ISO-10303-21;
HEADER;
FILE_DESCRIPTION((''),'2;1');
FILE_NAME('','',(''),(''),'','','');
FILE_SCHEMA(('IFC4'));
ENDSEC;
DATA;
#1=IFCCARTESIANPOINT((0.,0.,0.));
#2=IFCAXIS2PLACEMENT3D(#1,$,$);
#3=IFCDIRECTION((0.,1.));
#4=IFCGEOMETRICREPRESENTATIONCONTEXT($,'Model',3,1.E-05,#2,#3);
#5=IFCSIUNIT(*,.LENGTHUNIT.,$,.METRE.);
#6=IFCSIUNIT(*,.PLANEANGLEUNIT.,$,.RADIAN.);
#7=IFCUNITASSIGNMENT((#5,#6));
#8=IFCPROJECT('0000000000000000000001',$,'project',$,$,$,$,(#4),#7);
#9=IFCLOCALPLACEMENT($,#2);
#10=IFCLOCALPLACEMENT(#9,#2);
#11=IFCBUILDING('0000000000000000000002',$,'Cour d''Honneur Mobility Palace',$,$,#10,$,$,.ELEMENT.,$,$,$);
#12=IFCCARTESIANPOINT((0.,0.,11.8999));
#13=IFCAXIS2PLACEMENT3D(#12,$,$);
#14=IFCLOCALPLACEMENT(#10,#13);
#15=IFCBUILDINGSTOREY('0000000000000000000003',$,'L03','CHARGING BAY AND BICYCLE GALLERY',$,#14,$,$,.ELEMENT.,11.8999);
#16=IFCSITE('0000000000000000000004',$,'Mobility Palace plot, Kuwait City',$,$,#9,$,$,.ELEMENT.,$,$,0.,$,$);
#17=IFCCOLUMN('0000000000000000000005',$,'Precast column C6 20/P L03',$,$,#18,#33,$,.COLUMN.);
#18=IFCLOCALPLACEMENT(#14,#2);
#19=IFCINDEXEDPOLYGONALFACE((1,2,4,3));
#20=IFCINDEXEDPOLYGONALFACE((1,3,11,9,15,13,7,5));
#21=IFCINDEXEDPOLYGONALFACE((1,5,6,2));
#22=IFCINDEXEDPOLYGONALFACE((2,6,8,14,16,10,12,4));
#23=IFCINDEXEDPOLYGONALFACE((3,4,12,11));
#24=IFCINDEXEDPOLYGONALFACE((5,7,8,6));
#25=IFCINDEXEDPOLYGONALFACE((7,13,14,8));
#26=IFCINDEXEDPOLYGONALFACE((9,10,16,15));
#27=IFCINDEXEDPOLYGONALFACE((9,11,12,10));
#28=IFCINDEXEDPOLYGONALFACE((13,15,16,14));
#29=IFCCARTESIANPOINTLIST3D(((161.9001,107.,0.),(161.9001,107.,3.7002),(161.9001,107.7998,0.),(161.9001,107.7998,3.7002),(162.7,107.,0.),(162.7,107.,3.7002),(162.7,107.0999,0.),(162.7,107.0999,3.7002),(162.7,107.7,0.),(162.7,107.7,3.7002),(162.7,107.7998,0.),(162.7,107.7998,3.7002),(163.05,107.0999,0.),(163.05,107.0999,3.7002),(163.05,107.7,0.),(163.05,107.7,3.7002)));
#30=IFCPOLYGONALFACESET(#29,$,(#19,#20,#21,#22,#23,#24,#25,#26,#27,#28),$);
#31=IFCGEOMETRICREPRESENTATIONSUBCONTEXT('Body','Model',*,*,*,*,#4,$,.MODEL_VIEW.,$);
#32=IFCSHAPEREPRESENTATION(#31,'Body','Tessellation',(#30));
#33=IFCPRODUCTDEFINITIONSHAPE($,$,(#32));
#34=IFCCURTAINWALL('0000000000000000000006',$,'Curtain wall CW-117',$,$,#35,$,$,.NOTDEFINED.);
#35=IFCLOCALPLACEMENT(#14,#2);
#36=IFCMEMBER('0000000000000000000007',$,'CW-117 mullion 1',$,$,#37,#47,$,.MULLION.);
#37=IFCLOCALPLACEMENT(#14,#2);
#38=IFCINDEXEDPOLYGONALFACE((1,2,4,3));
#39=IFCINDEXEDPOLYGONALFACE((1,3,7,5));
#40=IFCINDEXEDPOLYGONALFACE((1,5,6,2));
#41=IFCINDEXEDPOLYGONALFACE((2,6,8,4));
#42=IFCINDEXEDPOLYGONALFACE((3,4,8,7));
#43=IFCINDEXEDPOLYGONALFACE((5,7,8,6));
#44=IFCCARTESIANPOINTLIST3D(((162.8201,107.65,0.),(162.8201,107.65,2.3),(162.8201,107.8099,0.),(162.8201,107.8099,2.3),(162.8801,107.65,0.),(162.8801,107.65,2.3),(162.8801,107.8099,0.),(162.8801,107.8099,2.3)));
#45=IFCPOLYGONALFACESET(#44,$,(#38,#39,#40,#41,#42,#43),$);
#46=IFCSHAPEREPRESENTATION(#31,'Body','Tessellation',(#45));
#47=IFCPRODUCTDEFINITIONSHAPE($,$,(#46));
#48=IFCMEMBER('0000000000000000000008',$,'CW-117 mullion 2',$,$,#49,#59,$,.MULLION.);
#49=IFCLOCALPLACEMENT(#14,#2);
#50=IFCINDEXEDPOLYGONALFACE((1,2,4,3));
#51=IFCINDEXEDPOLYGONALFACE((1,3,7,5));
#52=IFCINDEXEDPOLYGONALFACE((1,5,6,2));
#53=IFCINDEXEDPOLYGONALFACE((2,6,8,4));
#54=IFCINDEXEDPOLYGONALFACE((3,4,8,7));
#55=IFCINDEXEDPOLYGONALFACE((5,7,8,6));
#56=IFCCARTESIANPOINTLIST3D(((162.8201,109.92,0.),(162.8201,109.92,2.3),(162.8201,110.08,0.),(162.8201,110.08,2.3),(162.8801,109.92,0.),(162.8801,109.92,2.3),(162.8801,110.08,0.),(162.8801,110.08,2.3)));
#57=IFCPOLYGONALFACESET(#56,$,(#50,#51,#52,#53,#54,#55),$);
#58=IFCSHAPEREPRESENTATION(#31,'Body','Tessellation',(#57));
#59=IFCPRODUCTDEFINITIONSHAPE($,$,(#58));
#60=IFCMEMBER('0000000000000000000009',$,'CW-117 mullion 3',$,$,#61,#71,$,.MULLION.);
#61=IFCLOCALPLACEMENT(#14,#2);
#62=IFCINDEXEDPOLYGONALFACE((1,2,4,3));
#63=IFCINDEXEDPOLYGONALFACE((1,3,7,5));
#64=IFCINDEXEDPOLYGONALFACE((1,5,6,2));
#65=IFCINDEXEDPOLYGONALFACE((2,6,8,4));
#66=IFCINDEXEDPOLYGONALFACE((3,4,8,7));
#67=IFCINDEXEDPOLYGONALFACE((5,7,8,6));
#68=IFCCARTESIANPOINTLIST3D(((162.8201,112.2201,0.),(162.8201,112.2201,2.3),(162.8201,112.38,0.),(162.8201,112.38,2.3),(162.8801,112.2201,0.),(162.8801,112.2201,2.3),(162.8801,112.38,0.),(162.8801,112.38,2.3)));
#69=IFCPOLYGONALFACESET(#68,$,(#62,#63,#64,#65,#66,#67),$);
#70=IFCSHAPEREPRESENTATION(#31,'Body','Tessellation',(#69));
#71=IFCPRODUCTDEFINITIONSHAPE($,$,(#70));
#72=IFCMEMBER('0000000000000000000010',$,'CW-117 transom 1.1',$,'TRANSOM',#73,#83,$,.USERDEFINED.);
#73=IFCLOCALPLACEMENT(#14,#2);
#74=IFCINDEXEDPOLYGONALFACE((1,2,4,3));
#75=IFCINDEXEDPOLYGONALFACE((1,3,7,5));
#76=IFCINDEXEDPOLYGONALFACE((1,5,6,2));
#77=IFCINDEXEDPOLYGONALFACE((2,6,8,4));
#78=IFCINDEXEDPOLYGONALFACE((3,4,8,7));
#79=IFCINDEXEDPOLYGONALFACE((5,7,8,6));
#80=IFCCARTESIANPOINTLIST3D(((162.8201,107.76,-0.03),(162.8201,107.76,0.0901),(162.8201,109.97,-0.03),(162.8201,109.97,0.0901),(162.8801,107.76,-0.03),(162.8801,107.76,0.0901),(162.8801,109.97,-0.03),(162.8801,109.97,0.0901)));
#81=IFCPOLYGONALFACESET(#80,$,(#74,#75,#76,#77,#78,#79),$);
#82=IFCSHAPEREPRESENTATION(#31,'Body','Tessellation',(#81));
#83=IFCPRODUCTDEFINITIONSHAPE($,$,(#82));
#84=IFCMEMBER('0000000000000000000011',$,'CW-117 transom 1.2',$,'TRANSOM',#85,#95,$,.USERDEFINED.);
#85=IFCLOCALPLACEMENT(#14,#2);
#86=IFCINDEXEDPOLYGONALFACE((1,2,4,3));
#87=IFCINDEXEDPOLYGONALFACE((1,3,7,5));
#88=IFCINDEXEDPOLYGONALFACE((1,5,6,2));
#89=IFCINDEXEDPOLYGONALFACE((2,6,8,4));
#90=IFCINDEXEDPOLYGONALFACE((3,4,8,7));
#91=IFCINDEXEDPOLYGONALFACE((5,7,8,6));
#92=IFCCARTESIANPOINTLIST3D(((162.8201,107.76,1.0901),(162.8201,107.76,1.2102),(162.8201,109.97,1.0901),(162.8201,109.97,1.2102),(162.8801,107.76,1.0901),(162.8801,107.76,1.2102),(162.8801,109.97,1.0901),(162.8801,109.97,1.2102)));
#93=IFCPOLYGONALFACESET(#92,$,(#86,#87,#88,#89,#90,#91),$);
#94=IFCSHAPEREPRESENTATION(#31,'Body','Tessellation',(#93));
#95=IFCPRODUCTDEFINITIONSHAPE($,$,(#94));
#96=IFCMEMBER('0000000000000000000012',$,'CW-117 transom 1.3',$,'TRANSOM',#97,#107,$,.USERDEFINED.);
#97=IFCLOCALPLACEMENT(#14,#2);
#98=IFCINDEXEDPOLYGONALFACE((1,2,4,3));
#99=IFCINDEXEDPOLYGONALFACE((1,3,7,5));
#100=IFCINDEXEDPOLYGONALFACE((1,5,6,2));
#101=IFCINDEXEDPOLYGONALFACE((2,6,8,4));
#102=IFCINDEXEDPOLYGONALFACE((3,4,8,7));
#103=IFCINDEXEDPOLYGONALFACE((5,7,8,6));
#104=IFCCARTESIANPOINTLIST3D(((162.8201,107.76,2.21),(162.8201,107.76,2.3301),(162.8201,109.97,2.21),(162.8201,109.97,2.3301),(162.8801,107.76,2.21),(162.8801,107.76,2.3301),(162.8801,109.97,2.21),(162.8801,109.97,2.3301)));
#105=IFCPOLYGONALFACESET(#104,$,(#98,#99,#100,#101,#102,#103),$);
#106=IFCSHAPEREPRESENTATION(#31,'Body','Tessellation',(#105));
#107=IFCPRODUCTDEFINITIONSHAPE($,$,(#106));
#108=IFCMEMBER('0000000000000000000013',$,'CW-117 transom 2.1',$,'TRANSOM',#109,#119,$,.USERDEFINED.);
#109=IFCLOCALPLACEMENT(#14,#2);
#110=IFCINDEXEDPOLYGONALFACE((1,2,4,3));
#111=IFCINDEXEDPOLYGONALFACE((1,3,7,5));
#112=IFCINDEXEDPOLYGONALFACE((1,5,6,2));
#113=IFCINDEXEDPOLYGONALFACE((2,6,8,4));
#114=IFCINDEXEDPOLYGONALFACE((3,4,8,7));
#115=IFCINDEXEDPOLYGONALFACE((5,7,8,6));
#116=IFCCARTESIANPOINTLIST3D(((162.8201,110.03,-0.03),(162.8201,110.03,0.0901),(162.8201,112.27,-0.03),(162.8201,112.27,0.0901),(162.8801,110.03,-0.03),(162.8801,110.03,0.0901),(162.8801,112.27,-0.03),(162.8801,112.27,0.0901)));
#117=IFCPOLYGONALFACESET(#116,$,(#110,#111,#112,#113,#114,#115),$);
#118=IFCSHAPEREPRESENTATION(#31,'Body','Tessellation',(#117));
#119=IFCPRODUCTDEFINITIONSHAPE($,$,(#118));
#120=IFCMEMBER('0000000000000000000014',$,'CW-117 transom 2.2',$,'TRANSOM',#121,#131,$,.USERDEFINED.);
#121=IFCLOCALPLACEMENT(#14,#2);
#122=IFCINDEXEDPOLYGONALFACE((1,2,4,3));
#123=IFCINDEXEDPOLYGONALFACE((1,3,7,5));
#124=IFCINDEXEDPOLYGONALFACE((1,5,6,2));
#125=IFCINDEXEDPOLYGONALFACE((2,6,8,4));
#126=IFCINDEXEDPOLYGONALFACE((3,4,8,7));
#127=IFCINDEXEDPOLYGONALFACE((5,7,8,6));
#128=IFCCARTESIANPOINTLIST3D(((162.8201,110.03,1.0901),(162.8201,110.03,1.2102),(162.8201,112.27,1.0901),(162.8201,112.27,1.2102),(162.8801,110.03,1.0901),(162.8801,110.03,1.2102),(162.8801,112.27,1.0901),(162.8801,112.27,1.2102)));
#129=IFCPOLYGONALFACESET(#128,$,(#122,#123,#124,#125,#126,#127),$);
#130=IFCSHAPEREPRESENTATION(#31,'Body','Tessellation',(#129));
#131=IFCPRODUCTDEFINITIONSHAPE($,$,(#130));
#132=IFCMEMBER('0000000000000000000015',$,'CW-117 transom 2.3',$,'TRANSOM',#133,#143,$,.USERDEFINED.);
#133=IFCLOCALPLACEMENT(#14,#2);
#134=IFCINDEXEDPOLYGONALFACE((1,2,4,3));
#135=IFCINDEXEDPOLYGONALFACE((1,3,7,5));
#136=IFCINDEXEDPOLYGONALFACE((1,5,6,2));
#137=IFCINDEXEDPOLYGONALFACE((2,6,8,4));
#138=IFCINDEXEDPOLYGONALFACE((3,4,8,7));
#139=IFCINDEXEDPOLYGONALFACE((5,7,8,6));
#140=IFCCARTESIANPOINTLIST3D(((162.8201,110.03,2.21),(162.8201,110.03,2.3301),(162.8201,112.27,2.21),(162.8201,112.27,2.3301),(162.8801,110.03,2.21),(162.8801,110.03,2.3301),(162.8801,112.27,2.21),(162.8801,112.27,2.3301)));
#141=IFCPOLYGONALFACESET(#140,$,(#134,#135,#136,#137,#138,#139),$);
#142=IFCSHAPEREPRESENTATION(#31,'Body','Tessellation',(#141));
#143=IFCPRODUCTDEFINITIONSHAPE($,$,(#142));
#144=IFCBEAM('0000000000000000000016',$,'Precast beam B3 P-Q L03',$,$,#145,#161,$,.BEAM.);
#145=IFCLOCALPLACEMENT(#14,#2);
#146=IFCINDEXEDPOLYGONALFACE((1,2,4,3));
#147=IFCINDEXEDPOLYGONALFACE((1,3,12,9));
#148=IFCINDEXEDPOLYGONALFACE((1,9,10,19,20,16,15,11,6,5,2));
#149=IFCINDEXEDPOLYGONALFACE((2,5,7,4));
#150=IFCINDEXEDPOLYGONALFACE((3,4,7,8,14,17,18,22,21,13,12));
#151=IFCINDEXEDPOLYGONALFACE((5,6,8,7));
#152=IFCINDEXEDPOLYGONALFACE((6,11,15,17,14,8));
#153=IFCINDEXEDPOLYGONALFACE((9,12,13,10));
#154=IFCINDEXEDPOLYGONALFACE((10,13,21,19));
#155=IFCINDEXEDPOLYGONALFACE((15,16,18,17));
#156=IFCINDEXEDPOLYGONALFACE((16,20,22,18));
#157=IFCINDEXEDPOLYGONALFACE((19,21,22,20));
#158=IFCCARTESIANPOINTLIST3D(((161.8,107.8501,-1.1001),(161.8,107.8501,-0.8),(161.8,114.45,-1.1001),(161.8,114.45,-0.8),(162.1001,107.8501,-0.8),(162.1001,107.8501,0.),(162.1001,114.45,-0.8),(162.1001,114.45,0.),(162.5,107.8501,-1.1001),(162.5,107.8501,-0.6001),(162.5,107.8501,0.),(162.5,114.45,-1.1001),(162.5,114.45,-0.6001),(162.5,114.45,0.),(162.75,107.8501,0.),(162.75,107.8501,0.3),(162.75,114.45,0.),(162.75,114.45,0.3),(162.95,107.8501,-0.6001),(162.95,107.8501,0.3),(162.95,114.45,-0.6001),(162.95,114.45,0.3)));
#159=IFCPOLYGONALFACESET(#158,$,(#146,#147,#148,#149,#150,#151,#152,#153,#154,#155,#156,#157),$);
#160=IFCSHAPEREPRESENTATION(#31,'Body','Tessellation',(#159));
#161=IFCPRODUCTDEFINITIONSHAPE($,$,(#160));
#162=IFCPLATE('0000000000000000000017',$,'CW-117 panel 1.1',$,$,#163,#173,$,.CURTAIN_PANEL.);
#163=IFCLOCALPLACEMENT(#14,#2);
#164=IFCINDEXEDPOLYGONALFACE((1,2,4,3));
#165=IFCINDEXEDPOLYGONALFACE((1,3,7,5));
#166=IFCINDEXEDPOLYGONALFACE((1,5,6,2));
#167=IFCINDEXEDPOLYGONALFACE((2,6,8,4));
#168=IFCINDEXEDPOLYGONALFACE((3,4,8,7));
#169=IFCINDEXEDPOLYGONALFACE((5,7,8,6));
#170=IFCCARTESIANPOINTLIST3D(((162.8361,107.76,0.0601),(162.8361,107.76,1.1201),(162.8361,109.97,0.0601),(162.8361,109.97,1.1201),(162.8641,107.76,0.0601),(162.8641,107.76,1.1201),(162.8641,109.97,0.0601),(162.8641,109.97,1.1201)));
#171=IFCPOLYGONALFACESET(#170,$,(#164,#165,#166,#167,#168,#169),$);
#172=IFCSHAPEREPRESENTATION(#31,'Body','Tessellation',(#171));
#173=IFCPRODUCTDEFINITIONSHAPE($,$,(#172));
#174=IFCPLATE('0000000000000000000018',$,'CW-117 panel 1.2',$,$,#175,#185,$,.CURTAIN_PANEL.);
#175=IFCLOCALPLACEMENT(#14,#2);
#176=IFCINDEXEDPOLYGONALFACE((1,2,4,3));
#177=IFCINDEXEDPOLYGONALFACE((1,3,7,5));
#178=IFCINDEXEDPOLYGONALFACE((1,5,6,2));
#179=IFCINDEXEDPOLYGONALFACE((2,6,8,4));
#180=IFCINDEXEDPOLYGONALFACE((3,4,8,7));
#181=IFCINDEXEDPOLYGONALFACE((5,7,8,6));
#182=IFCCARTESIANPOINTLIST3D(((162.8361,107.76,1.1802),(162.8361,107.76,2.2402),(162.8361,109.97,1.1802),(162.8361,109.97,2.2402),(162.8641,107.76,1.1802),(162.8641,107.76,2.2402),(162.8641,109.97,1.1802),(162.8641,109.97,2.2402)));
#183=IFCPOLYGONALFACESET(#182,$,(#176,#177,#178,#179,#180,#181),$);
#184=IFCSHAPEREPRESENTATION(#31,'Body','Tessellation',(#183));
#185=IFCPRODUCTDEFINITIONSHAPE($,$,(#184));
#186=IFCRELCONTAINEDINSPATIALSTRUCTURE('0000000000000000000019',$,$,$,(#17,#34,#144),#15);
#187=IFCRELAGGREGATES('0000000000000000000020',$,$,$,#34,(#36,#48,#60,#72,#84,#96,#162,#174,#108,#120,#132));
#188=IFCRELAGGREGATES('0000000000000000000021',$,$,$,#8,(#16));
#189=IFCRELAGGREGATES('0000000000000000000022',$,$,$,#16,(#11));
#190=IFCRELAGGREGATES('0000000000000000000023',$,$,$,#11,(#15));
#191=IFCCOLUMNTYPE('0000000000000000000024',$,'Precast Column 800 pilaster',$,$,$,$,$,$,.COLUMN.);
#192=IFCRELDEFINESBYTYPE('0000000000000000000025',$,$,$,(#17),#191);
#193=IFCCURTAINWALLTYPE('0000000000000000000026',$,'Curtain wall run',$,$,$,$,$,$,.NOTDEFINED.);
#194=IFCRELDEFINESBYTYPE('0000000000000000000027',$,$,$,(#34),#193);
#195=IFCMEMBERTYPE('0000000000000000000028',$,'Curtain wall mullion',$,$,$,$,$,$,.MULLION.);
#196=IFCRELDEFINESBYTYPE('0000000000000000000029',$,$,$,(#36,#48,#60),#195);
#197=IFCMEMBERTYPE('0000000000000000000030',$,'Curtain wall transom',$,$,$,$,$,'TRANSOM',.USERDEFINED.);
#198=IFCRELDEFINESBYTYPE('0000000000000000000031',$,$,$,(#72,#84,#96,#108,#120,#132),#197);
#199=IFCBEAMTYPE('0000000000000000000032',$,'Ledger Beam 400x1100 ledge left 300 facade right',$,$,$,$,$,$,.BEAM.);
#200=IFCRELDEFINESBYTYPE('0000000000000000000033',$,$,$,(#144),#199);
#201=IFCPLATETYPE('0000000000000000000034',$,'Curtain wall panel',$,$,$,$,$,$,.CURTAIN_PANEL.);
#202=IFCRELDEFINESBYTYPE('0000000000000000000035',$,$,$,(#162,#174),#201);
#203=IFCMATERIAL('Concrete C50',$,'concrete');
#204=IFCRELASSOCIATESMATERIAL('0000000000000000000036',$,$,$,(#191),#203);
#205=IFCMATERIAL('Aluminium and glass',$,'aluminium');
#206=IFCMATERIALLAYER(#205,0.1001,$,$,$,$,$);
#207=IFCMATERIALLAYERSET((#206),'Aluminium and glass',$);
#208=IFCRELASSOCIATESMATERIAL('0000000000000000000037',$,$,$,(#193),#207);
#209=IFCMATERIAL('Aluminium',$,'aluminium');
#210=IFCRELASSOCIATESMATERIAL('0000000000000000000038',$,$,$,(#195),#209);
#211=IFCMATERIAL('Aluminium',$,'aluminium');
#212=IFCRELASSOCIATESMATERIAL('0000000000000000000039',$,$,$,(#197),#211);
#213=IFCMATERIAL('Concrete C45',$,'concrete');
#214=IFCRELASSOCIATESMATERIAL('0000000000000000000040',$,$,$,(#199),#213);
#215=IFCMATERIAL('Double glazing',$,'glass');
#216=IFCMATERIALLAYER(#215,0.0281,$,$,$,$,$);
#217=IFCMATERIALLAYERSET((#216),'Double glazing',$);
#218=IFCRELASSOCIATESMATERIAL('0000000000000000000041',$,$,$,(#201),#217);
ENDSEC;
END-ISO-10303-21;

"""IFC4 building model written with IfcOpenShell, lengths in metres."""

from ifc_helpers import new_model, si_unit, direction, frame, origin, origin_2d, place, context, subcontext, project, spatial, polyline, rectangle, outline, extrude, material, layer, layer_set, material_profile, profile_set, type_object, element, aggregate, save


model = new_model("IFC4")

# Units and contexts
model_context = context("Model", 3, precision=1e-05, world=origin(), true_north=direction((0.0, 1.0)))
body_context = subcontext(model_context, "Body", "Model", "MODEL_VIEW")
ifc_project = project(units=[si_unit("LENGTHUNIT", "METRE"), si_unit("PLANEANGLEUNIT", "RADIAN")], contexts=[model_context])

# Site, building, storey
site_placement = place(None, origin())
site = spatial("IfcSite", under=ifc_project, at=site_placement, Name="Mobility Palace plot, Kuwait City", CompositionType="ELEMENT", RefElevation=0.0)
building_placement = place(site_placement, origin())
building = spatial("IfcBuilding", under=site, at=building_placement, Name="Cour d'Honneur Mobility Palace", CompositionType="ELEMENT")
storey_placement = place(building_placement, frame((0.0, 0.0, 11.8999)))
storey = spatial("IfcBuildingStorey", under=building, at=storey_placement, Name="L03", Description="CHARGING BAY AND BICYCLE GALLERY", CompositionType="ELEMENT", Elevation=11.8999)

# Column
ifc_material_1 = material(Name="Concrete C50", Category="concrete")
ifc_material_profile_1 = material_profile(ifc_material_1, outline(polyline([(-0.3999, -0.3999), (0.3999, -0.3999), (0.3999, -0.3), (0.75, -0.3), (0.75, 0.3), (0.3999, 0.3), (0.3999, 0.3999), (-0.3999, 0.3999), (-0.3999, -0.3999)])), Name="PC C800 pilaster")
ifc_profile_set_1 = profile_set([ifc_material_profile_1], Name="Concrete C50")
column_type = type_object("IfcColumnType", Name="Precast Column 800 pilaster", PredefinedType="COLUMN", material=ifc_profile_set_1)
column_placement = place(storey_placement, frame((162.3, 107.3999, 0.0), z_axis=(0.0, 0.0, 1.0), x_axis=(1.0, 0.0, 0.0)))
element("IfcColumn", 1, at=column_placement, inside=storey, type_object=column_type, Name="Precast column C6 20/P L03", PredefinedType="COLUMN", context=body_context, shape_type="SweptSolid", body=[
    extrude(outline(polyline([(-0.3999, -0.3999), (0.3999, -0.3999), (0.3999, -0.3), (0.75, -0.3), (0.75, 0.3), (0.3999, 0.3), (0.3999, 0.3999), (-0.3999, 0.3999), (-0.3999, -0.3999)])), origin(), (0.0, 0.0, 1.0), 3.7002),
])

# Curtain wall, members
ifc_material_2 = material(Name="Aluminium and glass", Category="aluminium")
ifc_layer_1 = layer(ifc_material_2, 0.1001)
ifc_layer_set_1 = layer_set([ifc_layer_1], Name="Aluminium and glass")
curtain_wall_type = type_object("IfcCurtainWallType", Name="Curtain wall run", PredefinedType="NOTDEFINED", material=ifc_layer_set_1)
curtain_wall_placement = place(storey_placement, origin())
curtain_wall = element("IfcCurtainWall", 2, at=curtain_wall_placement, inside=storey, type_object=curtain_wall_type, Name="Curtain wall CW-117", PredefinedType="NOTDEFINED")
ifc_material_3 = material(Name="Aluminium", Category="aluminium")
ifc_material_profile_2 = material_profile(ifc_material_3, rectangle(XDim=0.0601, YDim=0.1599, at=origin_2d()), Name="Curtain wall mullion")
ifc_profile_set_2 = profile_set([ifc_material_profile_2], Name="Aluminium")
member_type_1 = type_object("IfcMemberType", Name="Curtain wall mullion", PredefinedType="MULLION", material=ifc_profile_set_2)
member_1_placement = place(storey_placement, frame((162.8501, 107.73, 0.0), z_axis=(0.0, 0.0, 1.0), x_axis=(-1.0, 0.0, 0.0)))
member_1 = element("IfcMember", 3, at=member_1_placement, type_object=member_type_1, Name="CW-117 mullion 1", PredefinedType="MULLION", context=body_context, shape_type="SweptSolid", body=[
    extrude(rectangle(XDim=0.0601, YDim=0.1599, at=origin_2d()), origin(), (0.0, 0.0, 1.0), 2.3),
])
member_2_placement = place(storey_placement, frame((162.8501, 110.0, 0.0), z_axis=(0.0, 0.0, 1.0), x_axis=(-1.0, 0.0, 0.0)))
member_2 = element("IfcMember", 4, at=member_2_placement, type_object=member_type_1, Name="CW-117 mullion 2", PredefinedType="MULLION", context=body_context, shape_type="SweptSolid", body=[
    extrude(rectangle(XDim=0.0601, YDim=0.1599, at=origin_2d()), origin(), (0.0, 0.0, 1.0), 2.3),
])
member_3_placement = place(storey_placement, frame((162.8501, 112.3, 0.0), z_axis=(0.0, 0.0, 1.0), x_axis=(-1.0, 0.0, 0.0)))
member_3 = element("IfcMember", 5, at=member_3_placement, type_object=member_type_1, Name="CW-117 mullion 3", PredefinedType="MULLION", context=body_context, shape_type="SweptSolid", body=[
    extrude(rectangle(XDim=0.0601, YDim=0.1599, at=origin_2d()), origin(), (0.0, 0.0, 1.0), 2.3),
])
ifc_material_4 = material(Name="Aluminium", Category="aluminium")
ifc_material_profile_3 = material_profile(ifc_material_4, rectangle(XDim=0.0601, YDim=0.1201, at=origin_2d()), Name="Curtain wall transom")
ifc_profile_set_3 = profile_set([ifc_material_profile_3], Name="Aluminium")
member_type_2 = type_object("IfcMemberType", Name="Curtain wall transom", ElementType="TRANSOM", PredefinedType="USERDEFINED", material=ifc_profile_set_3)
member_4_placement = place(storey_placement, frame((162.8501, 107.76, 0.03), z_axis=(0.0, 1.0, 0.0), x_axis=(-1.0, 0.0, 0.0)))
member_4 = element("IfcMember", 6, at=member_4_placement, type_object=member_type_2, Name="CW-117 transom 1.1", ObjectType="TRANSOM", PredefinedType="USERDEFINED", context=body_context, shape_type="SweptSolid", body=[
    extrude(rectangle(XDim=0.0601, YDim=0.1201, at=origin_2d()), origin(), (0.0, 0.0, 1.0), 2.21),
])
member_5_placement = place(storey_placement, frame((162.8501, 107.76, 1.1501), z_axis=(0.0, 1.0, 0.0), x_axis=(-1.0, 0.0, 0.0)))
member_5 = element("IfcMember", 7, at=member_5_placement, type_object=member_type_2, Name="CW-117 transom 1.2", ObjectType="TRANSOM", PredefinedType="USERDEFINED", context=body_context, shape_type="SweptSolid", body=[
    extrude(rectangle(XDim=0.0601, YDim=0.1201, at=origin_2d()), origin(), (0.0, 0.0, 1.0), 2.21),
])
member_6_placement = place(storey_placement, frame((162.8501, 107.76, 2.27), z_axis=(0.0, 1.0, 0.0), x_axis=(-1.0, 0.0, 0.0)))
member_6 = element("IfcMember", 8, at=member_6_placement, type_object=member_type_2, Name="CW-117 transom 1.3", ObjectType="TRANSOM", PredefinedType="USERDEFINED", context=body_context, shape_type="SweptSolid", body=[
    extrude(rectangle(XDim=0.0601, YDim=0.1201, at=origin_2d()), origin(), (0.0, 0.0, 1.0), 2.21),
])
member_7_placement = place(storey_placement, frame((162.8501, 110.03, 0.03), z_axis=(0.0, 1.0, 0.0), x_axis=(-1.0, 0.0, 0.0)))
member_7 = element("IfcMember", 9, at=member_7_placement, type_object=member_type_2, Name="CW-117 transom 2.1", ObjectType="TRANSOM", PredefinedType="USERDEFINED", context=body_context, shape_type="SweptSolid", body=[
    extrude(rectangle(XDim=0.0601, YDim=0.1201, at=origin_2d()), origin(), (0.0, 0.0, 1.0), 2.24),
])
member_8_placement = place(storey_placement, frame((162.8501, 110.03, 1.1501), z_axis=(0.0, 1.0, 0.0), x_axis=(-1.0, 0.0, 0.0)))
member_8 = element("IfcMember", 10, at=member_8_placement, type_object=member_type_2, Name="CW-117 transom 2.2", ObjectType="TRANSOM", PredefinedType="USERDEFINED", context=body_context, shape_type="SweptSolid", body=[
    extrude(rectangle(XDim=0.0601, YDim=0.1201, at=origin_2d()), origin(), (0.0, 0.0, 1.0), 2.24),
])
member_9_placement = place(storey_placement, frame((162.8501, 110.03, 2.27), z_axis=(0.0, 1.0, 0.0), x_axis=(-1.0, 0.0, 0.0)))
member_9 = element("IfcMember", 11, at=member_9_placement, type_object=member_type_2, Name="CW-117 transom 2.3", ObjectType="TRANSOM", PredefinedType="USERDEFINED", context=body_context, shape_type="SweptSolid", body=[
    extrude(rectangle(XDim=0.0601, YDim=0.1201, at=origin_2d()), origin(), (0.0, 0.0, 1.0), 2.24),
])

# Beam
ifc_material_5 = material(Name="Concrete C45", Category="concrete")
ifc_material_profile_4 = material_profile(ifc_material_5, outline(polyline([(0.5, -1.1001), (0.5, -0.8), (0.2, -0.8), (0.2, 0.0), (-0.2, 0.0), (-0.45, 0.0), (-0.45, 0.3), (-0.6499, 0.3), (-0.6499, -0.6001), (-0.2, -0.6001), (-0.2, -1.1001), (0.5, -1.1001)])), Name="Ledger Beam 400x1100 ledge left 300 facade right")
ifc_profile_set_4 = profile_set([ifc_material_profile_4], Name="Concrete C45")
beam_type = type_object("IfcBeamType", Name="Ledger Beam 400x1100 ledge left 300 facade right", PredefinedType="BEAM", material=ifc_profile_set_4)
beam_placement = place(storey_placement, frame((162.3, 107.8501, 0.0), z_axis=(0.0, 1.0, 0.0), x_axis=(-1.0, 0.0, 0.0)))
element("IfcBeam", 12, at=beam_placement, inside=storey, type_object=beam_type, Name="Precast beam B3 P-Q L03", PredefinedType="BEAM", context=body_context, shape_type="SweptSolid", body=[
    extrude(outline(polyline([(0.5, -1.1001), (0.5, -0.8), (0.2, -0.8), (0.2, 0.0), (-0.2, 0.0), (-0.45, 0.0), (-0.45, 0.3), (-0.6499, 0.3), (-0.6499, -0.6001), (-0.2, -0.6001), (-0.2, -1.1001), (0.5, -1.1001)])), origin(), (0.0, 0.0, 1.0), 6.5999),
])

# Plates
ifc_material_6 = material(Name="Double glazing", Category="glass")
ifc_layer_2 = layer(ifc_material_6, 0.0281)
ifc_layer_set_2 = layer_set([ifc_layer_2], Name="Double glazing")
plate_type = type_object("IfcPlateType", Name="Curtain wall panel", PredefinedType="CURTAIN_PANEL", material=ifc_layer_set_2)
plate_1_placement = place(storey_placement, frame((162.8501, 108.865, 0.0601), z_axis=(0.0, 0.0, 1.0), x_axis=(0.0, 1.0, 0.0)))
plate_1 = element("IfcPlate", 13, at=plate_1_placement, type_object=plate_type, Name="CW-117 panel 1.1", PredefinedType="CURTAIN_PANEL", context=body_context, shape_type="SweptSolid", body=[
    extrude(rectangle(XDim=2.21, YDim=0.0281, at=origin_2d()), origin(), (0.0, 0.0, 1.0), 1.0601),
])
plate_2_placement = place(storey_placement, frame((162.8501, 108.865, 1.1802), z_axis=(0.0, 0.0, 1.0), x_axis=(0.0, 1.0, 0.0)))
plate_2 = element("IfcPlate", 14, at=plate_2_placement, type_object=plate_type, Name="CW-117 panel 1.2", PredefinedType="CURTAIN_PANEL", context=body_context, shape_type="SweptSolid", body=[
    extrude(rectangle(XDim=2.21, YDim=0.0281, at=origin_2d()), origin(), (0.0, 0.0, 1.0), 1.0601),
])
aggregate(curtain_wall, [member_1, member_2, member_3, member_4, member_5, member_6, plate_1, plate_2, member_7, member_8, member_9])

save(model, "model.ifc")
